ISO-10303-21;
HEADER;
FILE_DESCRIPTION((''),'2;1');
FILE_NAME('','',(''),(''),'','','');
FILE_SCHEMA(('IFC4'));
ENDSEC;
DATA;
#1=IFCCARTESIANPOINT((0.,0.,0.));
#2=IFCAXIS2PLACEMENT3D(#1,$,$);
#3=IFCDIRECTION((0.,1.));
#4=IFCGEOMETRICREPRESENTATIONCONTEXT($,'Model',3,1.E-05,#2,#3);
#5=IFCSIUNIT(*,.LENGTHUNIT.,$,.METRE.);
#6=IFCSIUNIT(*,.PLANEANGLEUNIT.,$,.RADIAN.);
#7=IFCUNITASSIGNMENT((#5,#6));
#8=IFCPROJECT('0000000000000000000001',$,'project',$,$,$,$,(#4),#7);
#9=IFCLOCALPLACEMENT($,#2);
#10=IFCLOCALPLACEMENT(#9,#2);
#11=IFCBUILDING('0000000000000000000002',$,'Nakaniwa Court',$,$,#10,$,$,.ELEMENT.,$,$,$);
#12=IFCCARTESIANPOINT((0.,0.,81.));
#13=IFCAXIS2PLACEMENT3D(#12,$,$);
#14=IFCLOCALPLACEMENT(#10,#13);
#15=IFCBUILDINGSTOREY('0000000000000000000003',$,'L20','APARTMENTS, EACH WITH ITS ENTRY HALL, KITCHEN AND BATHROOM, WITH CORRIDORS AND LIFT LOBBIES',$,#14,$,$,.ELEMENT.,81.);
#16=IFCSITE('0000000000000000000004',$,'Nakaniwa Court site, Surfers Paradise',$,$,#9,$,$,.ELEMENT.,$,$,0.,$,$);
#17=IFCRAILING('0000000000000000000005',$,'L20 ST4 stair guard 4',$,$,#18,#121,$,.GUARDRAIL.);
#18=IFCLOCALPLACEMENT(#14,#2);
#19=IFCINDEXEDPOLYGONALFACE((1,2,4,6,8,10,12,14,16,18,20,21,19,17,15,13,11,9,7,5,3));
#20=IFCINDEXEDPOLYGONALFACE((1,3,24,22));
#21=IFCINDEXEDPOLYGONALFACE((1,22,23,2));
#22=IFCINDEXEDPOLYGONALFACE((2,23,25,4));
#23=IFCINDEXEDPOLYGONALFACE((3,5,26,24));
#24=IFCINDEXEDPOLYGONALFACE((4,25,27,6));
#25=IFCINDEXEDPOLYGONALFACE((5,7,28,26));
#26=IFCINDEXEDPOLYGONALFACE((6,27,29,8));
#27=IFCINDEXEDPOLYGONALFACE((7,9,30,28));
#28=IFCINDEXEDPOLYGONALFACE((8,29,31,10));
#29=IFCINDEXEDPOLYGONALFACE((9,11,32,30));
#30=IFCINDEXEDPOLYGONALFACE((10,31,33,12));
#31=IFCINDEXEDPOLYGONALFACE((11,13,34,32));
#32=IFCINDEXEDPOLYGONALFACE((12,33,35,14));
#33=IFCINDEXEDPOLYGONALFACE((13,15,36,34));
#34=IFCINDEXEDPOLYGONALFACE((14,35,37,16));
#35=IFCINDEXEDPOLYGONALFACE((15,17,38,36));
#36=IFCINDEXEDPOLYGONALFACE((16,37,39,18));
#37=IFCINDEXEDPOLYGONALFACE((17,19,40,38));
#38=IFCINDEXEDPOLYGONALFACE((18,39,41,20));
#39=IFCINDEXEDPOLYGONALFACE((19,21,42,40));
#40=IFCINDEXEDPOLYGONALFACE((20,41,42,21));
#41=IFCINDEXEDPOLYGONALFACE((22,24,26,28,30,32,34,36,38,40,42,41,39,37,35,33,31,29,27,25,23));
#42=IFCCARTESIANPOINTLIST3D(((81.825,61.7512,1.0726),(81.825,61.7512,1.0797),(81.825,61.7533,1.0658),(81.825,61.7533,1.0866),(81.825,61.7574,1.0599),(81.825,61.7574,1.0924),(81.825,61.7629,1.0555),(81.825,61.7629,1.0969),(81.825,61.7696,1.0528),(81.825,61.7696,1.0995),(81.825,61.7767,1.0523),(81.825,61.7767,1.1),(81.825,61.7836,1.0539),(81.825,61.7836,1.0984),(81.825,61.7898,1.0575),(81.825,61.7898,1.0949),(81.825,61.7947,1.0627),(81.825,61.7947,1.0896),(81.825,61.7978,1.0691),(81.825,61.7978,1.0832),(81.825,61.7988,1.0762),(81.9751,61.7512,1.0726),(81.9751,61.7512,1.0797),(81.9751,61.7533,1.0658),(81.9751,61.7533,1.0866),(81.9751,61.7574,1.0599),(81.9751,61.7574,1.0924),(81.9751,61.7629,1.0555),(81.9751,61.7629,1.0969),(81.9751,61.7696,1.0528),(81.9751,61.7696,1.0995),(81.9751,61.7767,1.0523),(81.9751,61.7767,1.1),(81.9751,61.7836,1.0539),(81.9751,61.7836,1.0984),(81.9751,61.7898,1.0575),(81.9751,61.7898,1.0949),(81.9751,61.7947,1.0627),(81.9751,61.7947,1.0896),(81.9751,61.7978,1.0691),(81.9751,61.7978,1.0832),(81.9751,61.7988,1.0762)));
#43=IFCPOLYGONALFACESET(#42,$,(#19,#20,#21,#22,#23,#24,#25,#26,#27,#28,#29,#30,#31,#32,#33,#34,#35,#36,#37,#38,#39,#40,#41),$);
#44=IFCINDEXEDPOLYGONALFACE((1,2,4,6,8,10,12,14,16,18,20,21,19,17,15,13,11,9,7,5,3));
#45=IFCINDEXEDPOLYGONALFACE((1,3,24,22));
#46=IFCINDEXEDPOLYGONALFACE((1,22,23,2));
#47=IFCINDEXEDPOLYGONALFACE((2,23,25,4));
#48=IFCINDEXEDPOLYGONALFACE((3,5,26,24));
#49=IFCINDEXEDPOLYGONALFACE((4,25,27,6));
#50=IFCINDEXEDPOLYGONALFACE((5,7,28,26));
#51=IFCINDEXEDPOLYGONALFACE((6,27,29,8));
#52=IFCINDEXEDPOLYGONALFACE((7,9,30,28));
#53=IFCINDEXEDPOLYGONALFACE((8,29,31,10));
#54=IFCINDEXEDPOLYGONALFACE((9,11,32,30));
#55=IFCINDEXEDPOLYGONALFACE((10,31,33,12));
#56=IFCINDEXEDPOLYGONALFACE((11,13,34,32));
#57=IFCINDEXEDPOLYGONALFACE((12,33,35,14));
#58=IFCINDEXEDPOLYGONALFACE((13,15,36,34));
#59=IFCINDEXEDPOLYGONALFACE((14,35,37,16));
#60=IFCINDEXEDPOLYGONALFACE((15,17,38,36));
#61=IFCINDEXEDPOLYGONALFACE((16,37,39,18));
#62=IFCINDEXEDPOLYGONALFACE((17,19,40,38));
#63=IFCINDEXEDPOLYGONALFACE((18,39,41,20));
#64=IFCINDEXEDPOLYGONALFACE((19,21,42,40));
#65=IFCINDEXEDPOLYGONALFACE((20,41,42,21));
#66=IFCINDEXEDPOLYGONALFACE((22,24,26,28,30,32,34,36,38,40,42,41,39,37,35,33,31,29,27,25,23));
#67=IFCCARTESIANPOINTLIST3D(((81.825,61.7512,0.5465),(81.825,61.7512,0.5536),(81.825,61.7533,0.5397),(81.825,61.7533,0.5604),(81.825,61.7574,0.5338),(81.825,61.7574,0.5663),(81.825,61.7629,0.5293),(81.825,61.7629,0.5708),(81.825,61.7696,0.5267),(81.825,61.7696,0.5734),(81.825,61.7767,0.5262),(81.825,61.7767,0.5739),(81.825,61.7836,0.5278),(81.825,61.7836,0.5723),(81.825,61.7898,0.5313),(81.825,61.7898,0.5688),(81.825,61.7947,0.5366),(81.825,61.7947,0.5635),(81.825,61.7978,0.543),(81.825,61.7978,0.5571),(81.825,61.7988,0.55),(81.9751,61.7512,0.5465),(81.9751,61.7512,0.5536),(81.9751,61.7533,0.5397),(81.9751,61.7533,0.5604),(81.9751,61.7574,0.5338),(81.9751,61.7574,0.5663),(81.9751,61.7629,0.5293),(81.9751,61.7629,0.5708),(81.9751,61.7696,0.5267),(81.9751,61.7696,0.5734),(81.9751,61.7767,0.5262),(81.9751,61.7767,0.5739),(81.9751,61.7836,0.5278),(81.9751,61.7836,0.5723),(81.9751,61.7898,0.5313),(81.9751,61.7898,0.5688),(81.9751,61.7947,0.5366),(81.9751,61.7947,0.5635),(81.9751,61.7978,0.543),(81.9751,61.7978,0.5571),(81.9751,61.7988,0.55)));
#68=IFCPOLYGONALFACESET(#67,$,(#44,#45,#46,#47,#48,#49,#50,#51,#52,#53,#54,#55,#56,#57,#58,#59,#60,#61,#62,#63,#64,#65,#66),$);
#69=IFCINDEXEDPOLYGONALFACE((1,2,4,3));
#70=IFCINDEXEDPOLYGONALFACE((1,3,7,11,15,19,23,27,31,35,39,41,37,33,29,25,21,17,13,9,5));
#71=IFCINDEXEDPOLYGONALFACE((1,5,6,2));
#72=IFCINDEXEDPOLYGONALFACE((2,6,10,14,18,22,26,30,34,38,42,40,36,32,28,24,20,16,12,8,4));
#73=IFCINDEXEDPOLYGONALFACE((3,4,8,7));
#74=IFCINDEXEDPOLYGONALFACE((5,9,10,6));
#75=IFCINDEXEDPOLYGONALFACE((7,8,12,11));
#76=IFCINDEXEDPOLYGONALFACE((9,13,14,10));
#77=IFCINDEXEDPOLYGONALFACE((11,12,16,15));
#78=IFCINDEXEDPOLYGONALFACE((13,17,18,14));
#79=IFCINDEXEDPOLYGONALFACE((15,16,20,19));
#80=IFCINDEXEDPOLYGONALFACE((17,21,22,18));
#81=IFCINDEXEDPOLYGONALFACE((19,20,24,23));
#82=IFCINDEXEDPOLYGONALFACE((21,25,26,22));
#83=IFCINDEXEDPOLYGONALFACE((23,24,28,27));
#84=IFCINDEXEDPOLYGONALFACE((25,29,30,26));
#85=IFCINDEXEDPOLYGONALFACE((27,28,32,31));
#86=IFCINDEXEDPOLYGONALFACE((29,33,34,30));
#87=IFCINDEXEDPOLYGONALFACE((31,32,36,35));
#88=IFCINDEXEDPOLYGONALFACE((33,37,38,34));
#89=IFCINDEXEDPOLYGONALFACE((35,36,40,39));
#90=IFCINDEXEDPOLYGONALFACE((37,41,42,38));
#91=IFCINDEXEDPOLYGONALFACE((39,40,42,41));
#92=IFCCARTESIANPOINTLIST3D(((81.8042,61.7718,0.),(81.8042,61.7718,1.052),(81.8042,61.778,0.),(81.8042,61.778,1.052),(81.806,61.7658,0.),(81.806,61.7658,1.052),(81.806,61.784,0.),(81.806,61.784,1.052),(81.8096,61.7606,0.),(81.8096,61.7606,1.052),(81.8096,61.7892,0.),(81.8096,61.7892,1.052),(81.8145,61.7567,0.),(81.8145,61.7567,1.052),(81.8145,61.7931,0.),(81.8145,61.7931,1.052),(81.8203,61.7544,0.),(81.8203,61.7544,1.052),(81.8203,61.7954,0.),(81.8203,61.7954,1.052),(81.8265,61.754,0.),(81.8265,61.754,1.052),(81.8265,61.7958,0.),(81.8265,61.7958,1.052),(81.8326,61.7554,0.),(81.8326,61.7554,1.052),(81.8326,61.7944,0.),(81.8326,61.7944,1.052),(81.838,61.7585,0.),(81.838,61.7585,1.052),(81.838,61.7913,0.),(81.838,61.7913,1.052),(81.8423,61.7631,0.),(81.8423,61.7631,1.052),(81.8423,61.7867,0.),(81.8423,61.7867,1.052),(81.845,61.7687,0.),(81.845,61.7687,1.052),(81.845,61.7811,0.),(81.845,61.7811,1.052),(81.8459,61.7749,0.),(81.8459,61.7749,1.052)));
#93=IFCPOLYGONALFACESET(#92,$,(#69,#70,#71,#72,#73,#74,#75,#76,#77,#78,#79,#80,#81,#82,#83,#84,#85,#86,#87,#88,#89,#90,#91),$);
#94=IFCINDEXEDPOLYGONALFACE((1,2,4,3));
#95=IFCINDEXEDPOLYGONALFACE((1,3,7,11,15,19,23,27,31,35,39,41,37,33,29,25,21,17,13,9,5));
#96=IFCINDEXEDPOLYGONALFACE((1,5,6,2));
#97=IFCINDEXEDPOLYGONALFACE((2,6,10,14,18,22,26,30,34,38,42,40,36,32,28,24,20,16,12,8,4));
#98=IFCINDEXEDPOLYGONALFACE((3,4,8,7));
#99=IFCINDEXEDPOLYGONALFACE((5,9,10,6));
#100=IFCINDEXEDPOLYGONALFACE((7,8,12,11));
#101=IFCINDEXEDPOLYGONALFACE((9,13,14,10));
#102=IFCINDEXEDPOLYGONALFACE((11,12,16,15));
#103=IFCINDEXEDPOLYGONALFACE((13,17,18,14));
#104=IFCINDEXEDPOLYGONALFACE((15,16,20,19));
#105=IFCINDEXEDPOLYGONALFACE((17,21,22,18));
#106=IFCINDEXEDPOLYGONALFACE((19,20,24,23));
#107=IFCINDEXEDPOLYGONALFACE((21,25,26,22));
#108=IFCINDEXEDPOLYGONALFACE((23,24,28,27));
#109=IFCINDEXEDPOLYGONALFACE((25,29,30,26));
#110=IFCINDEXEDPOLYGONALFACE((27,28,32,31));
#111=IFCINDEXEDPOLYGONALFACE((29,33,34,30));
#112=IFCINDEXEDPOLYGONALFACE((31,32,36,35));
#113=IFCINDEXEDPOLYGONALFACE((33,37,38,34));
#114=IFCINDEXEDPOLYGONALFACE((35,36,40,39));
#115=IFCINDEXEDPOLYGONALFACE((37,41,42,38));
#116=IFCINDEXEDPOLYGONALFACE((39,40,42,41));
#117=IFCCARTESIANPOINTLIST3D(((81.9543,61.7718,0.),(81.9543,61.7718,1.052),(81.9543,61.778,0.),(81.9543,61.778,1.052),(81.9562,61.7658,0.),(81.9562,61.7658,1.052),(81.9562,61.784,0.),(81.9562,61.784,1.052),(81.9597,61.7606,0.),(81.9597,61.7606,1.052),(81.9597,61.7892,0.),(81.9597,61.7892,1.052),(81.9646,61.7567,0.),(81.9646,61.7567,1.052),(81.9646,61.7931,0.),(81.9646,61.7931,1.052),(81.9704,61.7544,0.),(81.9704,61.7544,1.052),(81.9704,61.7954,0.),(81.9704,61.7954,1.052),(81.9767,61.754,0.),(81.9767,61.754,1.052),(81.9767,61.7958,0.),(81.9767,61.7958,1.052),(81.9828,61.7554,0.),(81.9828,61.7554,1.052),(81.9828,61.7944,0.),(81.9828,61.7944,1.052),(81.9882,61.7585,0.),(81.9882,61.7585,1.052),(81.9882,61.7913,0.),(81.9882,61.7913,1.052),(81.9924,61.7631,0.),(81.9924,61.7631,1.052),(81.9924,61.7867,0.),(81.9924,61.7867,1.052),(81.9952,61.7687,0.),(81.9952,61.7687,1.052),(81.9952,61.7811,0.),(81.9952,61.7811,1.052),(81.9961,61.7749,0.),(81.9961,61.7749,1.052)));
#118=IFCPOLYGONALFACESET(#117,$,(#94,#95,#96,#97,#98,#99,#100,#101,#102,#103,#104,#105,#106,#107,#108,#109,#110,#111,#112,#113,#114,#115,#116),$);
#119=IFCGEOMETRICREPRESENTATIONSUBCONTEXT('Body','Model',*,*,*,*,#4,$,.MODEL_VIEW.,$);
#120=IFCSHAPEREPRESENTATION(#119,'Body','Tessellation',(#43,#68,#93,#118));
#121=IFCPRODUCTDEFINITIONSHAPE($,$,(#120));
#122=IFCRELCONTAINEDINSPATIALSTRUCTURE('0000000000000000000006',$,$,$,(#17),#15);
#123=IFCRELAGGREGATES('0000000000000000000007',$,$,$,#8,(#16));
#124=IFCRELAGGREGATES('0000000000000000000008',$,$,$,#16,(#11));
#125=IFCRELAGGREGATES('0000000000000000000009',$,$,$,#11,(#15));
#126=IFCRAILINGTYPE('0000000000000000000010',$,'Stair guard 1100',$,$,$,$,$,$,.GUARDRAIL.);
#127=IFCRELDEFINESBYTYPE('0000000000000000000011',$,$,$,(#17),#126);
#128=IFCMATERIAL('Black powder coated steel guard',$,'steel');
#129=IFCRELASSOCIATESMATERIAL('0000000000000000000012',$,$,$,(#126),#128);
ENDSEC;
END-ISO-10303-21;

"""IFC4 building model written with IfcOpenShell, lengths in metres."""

from ifc_helpers import new_model, si_unit, direction, frame, origin, origin_2d, place, context, subcontext, project, spatial, circle, extrude, material, type_object, element, save


model = new_model("IFC4")

# Units and contexts
model_context = context("Model", 3, precision=1e-05, world=origin(), true_north=direction((0.0, 1.0)))
body_context = subcontext(model_context, "Body", "Model", "MODEL_VIEW")
ifc_project = project(units=[si_unit("LENGTHUNIT", "METRE"), si_unit("PLANEANGLEUNIT", "RADIAN")], contexts=[model_context])

# Site, building, storey
site_placement = place(None, origin())
site = spatial("IfcSite", under=ifc_project, at=site_placement, Name="Nakaniwa Court site, Surfers Paradise", CompositionType="ELEMENT", RefElevation=0.0)
building_placement = place(site_placement, origin())
building = spatial("IfcBuilding", under=site, at=building_placement, Name="Nakaniwa Court", CompositionType="ELEMENT")
storey_placement = place(building_placement, frame((0.0, 0.0, 81.0)))
storey = spatial("IfcBuildingStorey", under=building, at=storey_placement, Name="L20", Description="APARTMENTS, EACH WITH ITS ENTRY HALL, KITCHEN AND BATHROOM, WITH CORRIDORS AND LIFT LOBBIES", CompositionType="ELEMENT", Elevation=81.0)

# Railing
ifc_material_1 = material(Name="Black powder coated steel guard", Category="steel")
railing_type_1 = type_object("IfcRailingType", Name="Stair guard 1100", PredefinedType="GUARDRAIL", material=ifc_material_1)
railing_1_placement = place(storey_placement, frame((81.825, 61.7749, 0.0)))
element("IfcRailing", 1, at=railing_1_placement, inside=storey, type_object=railing_type_1, Name="L20 ST4 stair guard 4", PredefinedType="GUARDRAIL", context=body_context, shape_type="SweptSolid", body=[
    extrude(circle(Radius=0.0239, at=origin_2d()), frame((0.0, 0.0, 1.0762), z_axis=(1.0, 0.0, 0.0), x_axis=(0.0, 1.0, 0.0)), (0.0, 0.0, 1.0), 0.1501),
    extrude(circle(Radius=0.0239, at=origin_2d()), frame((0.0, 0.0, 0.55), z_axis=(1.0, 0.0, 0.0), x_axis=(0.0, 1.0, 0.0)), (0.0, 0.0, 1.0), 0.1501),
    extrude(circle(Radius=0.021, at=origin_2d()), origin(), (0.0, 0.0, 1.0), 1.052),
    extrude(circle(Radius=0.021, at=origin_2d()), frame((0.1501, 0.0, 0.0)), (0.0, 0.0, 1.0), 1.052),
])

save(model, "model.ifc")
